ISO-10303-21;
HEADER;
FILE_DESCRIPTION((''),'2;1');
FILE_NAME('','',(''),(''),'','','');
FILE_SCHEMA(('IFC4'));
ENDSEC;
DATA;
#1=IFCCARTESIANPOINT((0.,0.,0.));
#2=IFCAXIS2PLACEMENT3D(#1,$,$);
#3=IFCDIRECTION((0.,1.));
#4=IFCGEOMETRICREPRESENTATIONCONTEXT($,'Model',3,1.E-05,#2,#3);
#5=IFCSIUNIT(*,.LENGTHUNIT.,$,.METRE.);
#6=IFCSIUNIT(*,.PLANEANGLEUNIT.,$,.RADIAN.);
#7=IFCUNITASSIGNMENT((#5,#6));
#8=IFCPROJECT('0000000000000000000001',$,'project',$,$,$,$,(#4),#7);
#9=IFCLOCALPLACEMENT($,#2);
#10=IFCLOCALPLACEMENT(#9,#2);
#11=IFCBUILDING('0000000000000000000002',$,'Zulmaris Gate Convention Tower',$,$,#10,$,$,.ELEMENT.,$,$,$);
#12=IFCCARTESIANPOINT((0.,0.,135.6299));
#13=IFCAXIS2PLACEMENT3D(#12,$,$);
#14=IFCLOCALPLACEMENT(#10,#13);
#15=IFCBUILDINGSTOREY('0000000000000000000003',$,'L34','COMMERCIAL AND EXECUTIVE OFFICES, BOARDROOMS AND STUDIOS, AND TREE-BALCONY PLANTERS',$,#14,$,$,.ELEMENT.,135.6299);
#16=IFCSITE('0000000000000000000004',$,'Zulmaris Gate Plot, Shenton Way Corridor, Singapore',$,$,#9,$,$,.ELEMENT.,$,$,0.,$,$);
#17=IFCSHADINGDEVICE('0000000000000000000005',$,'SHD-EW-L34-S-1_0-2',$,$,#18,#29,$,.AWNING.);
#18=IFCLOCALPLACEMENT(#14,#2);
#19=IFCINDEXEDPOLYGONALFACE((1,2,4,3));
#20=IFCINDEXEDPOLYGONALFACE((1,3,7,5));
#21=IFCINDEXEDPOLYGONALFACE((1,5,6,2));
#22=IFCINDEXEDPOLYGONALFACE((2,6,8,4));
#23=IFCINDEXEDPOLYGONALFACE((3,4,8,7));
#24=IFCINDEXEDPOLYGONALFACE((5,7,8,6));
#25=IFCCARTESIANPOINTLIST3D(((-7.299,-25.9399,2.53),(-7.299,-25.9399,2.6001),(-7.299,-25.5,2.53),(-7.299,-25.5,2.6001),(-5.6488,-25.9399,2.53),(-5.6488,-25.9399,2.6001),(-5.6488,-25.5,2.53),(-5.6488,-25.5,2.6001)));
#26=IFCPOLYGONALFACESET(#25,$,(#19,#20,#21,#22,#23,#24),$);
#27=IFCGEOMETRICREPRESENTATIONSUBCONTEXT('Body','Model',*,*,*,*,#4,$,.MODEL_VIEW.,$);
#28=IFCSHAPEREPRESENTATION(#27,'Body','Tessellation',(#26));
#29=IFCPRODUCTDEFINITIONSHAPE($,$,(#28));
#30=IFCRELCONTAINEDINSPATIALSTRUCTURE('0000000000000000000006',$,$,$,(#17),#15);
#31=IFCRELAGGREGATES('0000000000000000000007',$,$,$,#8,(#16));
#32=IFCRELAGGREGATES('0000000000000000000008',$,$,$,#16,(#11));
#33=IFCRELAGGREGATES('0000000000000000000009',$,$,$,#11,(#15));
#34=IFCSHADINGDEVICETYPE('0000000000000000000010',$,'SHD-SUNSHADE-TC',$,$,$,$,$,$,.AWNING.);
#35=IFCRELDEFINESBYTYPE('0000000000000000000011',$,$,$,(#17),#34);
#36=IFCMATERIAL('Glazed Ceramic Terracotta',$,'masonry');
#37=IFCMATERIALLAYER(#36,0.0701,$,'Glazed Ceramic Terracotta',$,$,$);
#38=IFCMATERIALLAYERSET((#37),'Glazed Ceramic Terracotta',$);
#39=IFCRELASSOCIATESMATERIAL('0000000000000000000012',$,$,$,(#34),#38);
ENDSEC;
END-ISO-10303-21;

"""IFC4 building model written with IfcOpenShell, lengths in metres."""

from ifc_helpers import new_model, si_unit, direction, frame, frame_2d, origin, place, context, subcontext, project, spatial, rectangle, extrude, material, layer, layer_set, type_object, element, save


model = new_model("IFC4")

# Units and contexts
model_context = context("Model", 3, precision=1e-05, world=origin(), true_north=direction((0.0, 1.0)))
body_context = subcontext(model_context, "Body", "Model", "MODEL_VIEW")
ifc_project = project(units=[si_unit("LENGTHUNIT", "METRE"), si_unit("PLANEANGLEUNIT", "RADIAN")], contexts=[model_context])

# Site, building, storey
site_placement = place(None, origin())
site = spatial("IfcSite", under=ifc_project, at=site_placement, Name="Zulmaris Gate Plot, Shenton Way Corridor, Singapore", CompositionType="ELEMENT", RefElevation=0.0)
building_placement = place(site_placement, origin())
building = spatial("IfcBuilding", under=site, at=building_placement, Name="Zulmaris Gate Convention Tower", CompositionType="ELEMENT")
storey_placement = place(building_placement, frame((0.0, 0.0, 135.6299)))
storey = spatial("IfcBuildingStorey", under=building, at=storey_placement, Name="L34", Description="COMMERCIAL AND EXECUTIVE OFFICES, BOARDROOMS AND STUDIOS, AND TREE-BALCONY PLANTERS", CompositionType="ELEMENT", Elevation=135.6299)

# Shading device
ifc_material_1 = material(Name="Glazed Ceramic Terracotta", Category="masonry")
ifc_layer_1 = layer(ifc_material_1, 0.0701, Name="Glazed Ceramic Terracotta")
ifc_layer_set_1 = layer_set([ifc_layer_1], Name="Glazed Ceramic Terracotta")
shading_device_type = type_object("IfcShadingDeviceType", Name="SHD-SUNSHADE-TC", PredefinedType="AWNING", material=ifc_layer_set_1)
shading_device_placement = place(storey_placement, frame((-7.2991, -25.72, 2.53), z_axis=(0.0, 0.0, 1.0), x_axis=(1.0, 0.0, 0.0)))
element("IfcShadingDevice", 1, at=shading_device_placement, inside=storey, type_object=shading_device_type, Name="SHD-EW-L34-S-1_0-2", PredefinedType="AWNING", context=body_context, shape_type="SweptSolid", body=[
    extrude(rectangle(XDim=1.6501, YDim=0.4399, at=frame_2d((0.8252, 0.0))), origin(), (0.0, 0.0, 1.0), 0.0701),
])

save(model, "model.ifc")
